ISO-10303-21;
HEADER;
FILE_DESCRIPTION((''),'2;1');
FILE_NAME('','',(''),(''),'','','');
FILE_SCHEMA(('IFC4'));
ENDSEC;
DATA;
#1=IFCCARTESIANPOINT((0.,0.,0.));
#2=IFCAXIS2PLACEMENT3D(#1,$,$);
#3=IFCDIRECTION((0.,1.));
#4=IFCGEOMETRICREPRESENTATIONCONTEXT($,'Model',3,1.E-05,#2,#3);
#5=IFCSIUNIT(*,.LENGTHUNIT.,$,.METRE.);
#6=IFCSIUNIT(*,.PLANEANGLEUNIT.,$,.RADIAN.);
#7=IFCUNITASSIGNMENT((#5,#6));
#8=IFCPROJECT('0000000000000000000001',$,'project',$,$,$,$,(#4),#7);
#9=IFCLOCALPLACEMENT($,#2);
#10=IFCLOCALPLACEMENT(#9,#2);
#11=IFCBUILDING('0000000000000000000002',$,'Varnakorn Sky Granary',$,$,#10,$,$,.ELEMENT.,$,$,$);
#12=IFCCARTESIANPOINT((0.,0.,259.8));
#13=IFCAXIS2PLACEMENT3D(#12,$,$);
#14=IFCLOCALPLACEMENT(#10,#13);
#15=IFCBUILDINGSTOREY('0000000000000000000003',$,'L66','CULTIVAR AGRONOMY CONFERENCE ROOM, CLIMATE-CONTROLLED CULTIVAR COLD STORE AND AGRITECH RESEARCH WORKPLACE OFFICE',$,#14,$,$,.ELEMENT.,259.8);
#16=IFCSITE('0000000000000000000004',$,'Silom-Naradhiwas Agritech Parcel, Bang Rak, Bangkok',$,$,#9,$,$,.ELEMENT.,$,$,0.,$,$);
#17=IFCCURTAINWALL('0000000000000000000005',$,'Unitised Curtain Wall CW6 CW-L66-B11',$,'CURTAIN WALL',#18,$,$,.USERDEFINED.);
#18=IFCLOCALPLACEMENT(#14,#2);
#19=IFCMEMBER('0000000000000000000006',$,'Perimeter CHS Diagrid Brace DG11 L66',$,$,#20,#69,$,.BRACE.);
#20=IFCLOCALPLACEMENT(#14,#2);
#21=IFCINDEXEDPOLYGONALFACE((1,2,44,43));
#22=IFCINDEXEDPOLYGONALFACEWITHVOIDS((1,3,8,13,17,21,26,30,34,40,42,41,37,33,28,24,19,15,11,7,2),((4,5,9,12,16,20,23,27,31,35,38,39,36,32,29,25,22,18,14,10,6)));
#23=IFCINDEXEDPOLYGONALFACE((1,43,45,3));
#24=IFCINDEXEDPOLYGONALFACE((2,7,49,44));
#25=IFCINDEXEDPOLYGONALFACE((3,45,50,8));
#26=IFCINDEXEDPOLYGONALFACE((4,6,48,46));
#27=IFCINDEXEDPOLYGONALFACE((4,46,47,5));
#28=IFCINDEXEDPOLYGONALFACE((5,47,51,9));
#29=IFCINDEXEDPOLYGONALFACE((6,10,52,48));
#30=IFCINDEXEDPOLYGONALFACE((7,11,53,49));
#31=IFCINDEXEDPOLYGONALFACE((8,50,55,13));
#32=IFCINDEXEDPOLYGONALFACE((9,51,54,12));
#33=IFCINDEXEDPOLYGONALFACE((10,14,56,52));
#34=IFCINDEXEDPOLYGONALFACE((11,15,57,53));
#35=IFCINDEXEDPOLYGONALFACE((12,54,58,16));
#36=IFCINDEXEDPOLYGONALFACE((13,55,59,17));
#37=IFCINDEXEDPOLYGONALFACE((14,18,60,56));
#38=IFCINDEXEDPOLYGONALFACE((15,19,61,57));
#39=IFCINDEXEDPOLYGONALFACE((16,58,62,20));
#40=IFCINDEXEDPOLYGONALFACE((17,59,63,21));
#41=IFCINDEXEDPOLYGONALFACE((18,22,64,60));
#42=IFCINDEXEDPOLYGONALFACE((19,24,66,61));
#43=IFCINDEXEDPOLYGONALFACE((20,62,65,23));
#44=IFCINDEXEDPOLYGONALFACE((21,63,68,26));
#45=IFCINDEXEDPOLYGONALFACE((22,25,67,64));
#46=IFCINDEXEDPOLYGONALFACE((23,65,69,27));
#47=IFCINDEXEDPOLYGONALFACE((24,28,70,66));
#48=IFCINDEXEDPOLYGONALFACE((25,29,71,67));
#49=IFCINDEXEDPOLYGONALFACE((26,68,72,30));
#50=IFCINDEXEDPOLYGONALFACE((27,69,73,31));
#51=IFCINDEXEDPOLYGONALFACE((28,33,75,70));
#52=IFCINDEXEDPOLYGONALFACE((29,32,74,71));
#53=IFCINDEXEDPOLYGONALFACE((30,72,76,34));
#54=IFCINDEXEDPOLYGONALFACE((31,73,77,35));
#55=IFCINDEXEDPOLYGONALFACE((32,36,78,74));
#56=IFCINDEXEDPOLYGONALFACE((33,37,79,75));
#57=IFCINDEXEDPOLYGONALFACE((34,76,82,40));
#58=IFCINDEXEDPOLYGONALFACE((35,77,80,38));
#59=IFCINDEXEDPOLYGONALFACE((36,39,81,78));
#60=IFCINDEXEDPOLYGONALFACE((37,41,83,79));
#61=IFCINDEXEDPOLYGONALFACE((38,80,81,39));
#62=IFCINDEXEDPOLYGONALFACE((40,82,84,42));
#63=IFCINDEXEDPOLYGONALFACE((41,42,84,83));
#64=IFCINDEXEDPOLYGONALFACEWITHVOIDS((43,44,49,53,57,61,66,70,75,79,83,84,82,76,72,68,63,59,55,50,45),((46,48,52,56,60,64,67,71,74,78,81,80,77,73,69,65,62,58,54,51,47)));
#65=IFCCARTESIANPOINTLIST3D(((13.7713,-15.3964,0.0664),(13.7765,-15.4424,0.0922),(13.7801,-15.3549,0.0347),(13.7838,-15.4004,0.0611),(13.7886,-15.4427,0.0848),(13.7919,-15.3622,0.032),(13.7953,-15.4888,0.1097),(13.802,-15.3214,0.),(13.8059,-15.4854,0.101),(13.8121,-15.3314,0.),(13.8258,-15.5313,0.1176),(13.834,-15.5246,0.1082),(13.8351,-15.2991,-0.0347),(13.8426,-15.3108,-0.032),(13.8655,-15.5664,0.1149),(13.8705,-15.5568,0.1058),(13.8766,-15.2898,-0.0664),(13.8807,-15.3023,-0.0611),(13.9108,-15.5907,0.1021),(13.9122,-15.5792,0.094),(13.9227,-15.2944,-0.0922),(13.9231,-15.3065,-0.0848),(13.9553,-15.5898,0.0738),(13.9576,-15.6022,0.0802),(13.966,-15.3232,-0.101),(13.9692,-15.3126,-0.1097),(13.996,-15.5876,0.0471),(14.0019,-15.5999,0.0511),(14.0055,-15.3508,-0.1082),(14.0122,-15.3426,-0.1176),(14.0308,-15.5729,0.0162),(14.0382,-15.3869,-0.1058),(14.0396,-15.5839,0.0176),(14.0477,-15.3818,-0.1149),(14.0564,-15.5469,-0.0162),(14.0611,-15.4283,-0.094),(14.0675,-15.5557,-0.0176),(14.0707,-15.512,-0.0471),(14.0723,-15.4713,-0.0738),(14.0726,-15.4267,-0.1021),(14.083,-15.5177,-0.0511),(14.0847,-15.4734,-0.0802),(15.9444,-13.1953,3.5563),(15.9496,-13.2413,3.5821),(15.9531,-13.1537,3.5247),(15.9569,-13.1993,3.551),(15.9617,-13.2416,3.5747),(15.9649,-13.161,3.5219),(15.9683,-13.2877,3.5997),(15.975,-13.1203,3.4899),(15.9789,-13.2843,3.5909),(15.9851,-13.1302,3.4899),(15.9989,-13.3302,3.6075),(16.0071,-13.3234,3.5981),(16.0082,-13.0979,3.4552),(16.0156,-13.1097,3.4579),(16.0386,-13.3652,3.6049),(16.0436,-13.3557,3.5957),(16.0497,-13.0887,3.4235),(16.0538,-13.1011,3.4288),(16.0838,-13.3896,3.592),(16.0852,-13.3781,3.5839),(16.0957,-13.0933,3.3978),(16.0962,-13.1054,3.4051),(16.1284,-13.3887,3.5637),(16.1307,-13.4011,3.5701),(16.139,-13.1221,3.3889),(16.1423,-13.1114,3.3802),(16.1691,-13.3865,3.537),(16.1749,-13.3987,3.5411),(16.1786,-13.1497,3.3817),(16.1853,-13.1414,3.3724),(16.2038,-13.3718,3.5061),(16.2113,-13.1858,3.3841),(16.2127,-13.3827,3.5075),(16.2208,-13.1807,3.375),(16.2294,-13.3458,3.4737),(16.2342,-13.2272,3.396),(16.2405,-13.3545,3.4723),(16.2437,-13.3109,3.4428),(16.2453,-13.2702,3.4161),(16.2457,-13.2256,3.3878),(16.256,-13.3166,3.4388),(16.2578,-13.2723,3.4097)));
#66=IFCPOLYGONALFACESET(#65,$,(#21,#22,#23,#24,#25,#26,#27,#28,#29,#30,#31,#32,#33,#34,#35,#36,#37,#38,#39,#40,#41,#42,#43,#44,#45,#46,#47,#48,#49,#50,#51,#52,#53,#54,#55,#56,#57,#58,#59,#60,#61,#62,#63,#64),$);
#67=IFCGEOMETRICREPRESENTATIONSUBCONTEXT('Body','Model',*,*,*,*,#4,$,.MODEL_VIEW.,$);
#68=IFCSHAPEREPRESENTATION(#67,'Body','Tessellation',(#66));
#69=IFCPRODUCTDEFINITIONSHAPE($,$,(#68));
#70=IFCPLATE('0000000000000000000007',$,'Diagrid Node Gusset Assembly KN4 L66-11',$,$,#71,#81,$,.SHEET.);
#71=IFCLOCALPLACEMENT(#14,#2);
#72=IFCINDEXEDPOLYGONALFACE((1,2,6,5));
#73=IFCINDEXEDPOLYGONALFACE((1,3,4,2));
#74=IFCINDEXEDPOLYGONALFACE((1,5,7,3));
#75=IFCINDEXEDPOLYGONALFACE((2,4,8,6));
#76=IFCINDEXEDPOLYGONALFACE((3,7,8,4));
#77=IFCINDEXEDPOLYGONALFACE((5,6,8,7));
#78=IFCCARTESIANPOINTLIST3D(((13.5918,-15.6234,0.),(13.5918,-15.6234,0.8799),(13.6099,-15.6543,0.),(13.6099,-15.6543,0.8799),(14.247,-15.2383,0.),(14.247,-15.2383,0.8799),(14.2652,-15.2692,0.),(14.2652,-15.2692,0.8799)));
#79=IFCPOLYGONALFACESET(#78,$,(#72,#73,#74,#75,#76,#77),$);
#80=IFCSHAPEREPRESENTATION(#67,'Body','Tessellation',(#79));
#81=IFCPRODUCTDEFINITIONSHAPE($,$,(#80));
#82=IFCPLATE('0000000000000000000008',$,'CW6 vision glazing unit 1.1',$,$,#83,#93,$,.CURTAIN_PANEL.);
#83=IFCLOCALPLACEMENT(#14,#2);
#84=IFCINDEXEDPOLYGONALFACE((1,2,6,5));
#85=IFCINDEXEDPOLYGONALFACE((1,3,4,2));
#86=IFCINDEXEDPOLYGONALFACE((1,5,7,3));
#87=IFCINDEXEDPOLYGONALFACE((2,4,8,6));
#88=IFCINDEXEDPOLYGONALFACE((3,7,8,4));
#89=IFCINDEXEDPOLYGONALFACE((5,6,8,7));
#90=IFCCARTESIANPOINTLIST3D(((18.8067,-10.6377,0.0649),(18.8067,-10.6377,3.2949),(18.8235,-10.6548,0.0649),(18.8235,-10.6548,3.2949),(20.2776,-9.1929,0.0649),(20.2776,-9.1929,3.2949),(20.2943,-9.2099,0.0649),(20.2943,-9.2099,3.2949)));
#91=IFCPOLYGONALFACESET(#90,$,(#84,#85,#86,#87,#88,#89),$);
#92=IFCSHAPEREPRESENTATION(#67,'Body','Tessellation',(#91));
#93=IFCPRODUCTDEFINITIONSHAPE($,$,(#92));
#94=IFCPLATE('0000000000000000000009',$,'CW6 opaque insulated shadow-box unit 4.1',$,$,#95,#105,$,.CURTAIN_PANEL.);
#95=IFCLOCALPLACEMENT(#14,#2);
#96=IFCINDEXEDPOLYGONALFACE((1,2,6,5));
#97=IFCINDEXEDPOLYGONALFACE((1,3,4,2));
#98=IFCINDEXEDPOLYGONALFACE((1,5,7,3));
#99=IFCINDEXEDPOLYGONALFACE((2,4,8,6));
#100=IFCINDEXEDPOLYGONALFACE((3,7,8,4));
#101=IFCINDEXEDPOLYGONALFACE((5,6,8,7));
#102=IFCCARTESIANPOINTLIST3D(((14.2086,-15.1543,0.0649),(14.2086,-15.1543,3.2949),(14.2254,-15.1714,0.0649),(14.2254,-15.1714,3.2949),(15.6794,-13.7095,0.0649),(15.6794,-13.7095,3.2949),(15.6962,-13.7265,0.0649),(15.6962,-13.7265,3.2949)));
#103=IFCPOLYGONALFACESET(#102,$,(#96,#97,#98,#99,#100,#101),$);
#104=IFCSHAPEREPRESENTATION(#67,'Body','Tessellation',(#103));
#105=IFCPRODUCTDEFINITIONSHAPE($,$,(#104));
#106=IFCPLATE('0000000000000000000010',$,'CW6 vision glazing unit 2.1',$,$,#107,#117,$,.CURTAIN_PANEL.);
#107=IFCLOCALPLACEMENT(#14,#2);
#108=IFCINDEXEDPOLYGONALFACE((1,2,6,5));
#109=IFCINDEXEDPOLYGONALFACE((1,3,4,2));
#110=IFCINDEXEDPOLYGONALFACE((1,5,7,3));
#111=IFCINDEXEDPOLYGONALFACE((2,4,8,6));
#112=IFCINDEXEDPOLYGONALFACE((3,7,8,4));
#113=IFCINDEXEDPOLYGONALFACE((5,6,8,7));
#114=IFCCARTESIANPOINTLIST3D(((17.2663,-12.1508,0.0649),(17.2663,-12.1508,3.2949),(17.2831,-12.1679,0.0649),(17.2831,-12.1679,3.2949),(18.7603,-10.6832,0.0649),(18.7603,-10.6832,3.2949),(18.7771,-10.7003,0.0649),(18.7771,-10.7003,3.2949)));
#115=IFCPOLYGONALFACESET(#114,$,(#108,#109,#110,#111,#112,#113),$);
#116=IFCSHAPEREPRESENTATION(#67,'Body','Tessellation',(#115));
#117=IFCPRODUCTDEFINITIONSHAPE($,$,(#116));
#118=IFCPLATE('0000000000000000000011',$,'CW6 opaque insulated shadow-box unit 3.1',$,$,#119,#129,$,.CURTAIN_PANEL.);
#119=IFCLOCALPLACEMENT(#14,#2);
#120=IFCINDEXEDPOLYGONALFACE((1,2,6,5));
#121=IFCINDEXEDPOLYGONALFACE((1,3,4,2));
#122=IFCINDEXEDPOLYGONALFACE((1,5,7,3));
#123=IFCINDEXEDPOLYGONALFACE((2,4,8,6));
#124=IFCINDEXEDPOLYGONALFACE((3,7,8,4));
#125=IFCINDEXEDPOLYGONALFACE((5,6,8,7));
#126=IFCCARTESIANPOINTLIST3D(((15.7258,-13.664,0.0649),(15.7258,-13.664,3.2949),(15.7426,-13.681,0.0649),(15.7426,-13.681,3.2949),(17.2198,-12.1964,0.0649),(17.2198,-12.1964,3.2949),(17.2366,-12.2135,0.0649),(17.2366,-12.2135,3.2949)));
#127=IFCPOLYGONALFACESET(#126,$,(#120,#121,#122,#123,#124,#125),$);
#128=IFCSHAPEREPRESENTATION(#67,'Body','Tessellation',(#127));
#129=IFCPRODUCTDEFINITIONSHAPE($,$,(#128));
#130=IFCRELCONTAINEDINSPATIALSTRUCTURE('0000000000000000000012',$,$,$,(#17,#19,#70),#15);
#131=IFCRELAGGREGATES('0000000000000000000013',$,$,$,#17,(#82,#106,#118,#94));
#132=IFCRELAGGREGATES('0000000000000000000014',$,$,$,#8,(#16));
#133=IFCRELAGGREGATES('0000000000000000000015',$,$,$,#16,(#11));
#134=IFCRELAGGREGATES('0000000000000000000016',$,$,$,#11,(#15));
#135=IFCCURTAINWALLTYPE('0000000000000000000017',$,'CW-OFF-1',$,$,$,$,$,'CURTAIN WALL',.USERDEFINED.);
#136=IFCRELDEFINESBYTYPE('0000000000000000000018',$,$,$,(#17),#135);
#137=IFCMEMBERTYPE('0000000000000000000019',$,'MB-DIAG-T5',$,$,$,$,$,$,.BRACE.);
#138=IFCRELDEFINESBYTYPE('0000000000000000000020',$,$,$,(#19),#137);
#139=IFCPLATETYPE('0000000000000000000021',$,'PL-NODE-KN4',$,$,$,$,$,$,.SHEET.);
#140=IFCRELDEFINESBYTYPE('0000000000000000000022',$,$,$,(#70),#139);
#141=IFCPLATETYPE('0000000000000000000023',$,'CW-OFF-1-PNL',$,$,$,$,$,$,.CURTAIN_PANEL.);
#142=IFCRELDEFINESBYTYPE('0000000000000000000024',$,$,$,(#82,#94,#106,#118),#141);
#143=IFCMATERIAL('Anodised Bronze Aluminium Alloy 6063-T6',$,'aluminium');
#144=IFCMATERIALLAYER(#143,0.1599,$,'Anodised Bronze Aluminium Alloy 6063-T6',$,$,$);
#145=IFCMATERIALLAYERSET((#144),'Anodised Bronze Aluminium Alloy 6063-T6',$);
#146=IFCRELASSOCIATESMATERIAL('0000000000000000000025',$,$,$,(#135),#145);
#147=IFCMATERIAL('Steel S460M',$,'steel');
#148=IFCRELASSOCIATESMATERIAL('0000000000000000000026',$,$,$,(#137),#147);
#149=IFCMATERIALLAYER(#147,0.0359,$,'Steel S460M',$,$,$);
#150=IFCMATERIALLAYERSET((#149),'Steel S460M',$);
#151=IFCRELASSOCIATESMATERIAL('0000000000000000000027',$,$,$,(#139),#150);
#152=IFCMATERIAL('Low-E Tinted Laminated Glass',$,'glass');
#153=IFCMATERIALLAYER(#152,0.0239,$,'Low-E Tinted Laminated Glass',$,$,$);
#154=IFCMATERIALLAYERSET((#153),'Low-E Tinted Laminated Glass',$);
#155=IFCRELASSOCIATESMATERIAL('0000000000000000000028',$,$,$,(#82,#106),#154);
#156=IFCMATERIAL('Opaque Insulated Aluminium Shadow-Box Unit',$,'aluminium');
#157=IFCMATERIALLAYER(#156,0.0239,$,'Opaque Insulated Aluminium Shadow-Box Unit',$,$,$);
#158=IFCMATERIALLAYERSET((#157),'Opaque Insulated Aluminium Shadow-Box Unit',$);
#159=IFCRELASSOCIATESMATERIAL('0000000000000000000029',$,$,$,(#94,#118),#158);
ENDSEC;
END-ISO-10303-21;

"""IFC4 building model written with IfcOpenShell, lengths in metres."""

from ifc_helpers import new_model, si_unit, direction, frame, origin, origin_2d, place, context, subcontext, project, spatial, rectangle, hollow_circle, extrude, source, transform, mapped, material, layer, layer_set, material_profile, profile_set, type_object, type_shapes, element, aggregate, save


model = new_model("IFC4")

# Units and contexts
model_context = context("Model", 3, precision=1e-05, world=origin(), true_north=direction((0.0, 1.0)))
body_context = subcontext(model_context, "Body", "Model", "MODEL_VIEW")
ifc_project = project(units=[si_unit("LENGTHUNIT", "METRE"), si_unit("PLANEANGLEUNIT", "RADIAN")], contexts=[model_context])

# Site, building, storey
site_placement = place(None, origin())
site = spatial("IfcSite", under=ifc_project, at=site_placement, Name="Silom-Naradhiwas Agritech Parcel, Bang Rak, Bangkok", CompositionType="ELEMENT", RefElevation=0.0)
building_placement = place(site_placement, origin())
building = spatial("IfcBuilding", under=site, at=building_placement, Name="Varnakorn Sky Granary", CompositionType="ELEMENT")
storey_placement = place(building_placement, frame((0.0, 0.0, 259.8)))
storey = spatial("IfcBuildingStorey", under=building, at=storey_placement, Name="L66", Description="CULTIVAR AGRONOMY CONFERENCE ROOM, CLIMATE-CONTROLLED CULTIVAR COLD STORE AND AGRITECH RESEARCH WORKPLACE OFFICE", CompositionType="ELEMENT", Elevation=259.8)

# Shared definitions
ifc_material_1 = material(Name="Steel S460M", Category="steel")

# Shared definitions
ifc_material_2 = material(Name="Anodised Bronze Aluminium Alloy 6063-T6", Category="aluminium")
ifc_layer_1 = layer(ifc_material_2, 0.1599, Name="Anodised Bronze Aluminium Alloy 6063-T6")
ifc_layer_set_1 = layer_set([ifc_layer_1], Name="Anodised Bronze Aluminium Alloy 6063-T6")
curtain_wall_type = type_object("IfcCurtainWallType", Name="CW-OFF-1", ElementType="CURTAIN WALL", PredefinedType="USERDEFINED", material=ifc_layer_set_1)

# Curtain wall
curtain_wall_1_placement = place(storey_placement, origin())
curtain_wall_1 = element("IfcCurtainWall", 1, at=curtain_wall_1_placement, inside=storey, type_object=curtain_wall_type, Name="Unitised Curtain Wall CW6 CW-L66-B11", ObjectType="CURTAIN WALL", PredefinedType="USERDEFINED")

# Member
ifc_material_profile_1 = material_profile(ifc_material_1, hollow_circle(Radius=0.1777, WallThickness=0.0142, at=origin_2d()), Name="CHS 355.6x14")
ifc_profile_set_1 = profile_set([ifc_material_profile_1], Name="Steel S460M")
member_type_1 = type_object("IfcMemberType", Name="MB-DIAG-T5", PredefinedType="BRACE", material=ifc_profile_set_1)
member_1_placement = place(storey_placement, frame((13.9285, -15.4463, 0.0), z_axis=(0.465987, 0.472008, 0.748375), x_axis=(-0.711631, 0.702554, 0.0)))
element("IfcMember", 2, at=member_1_placement, inside=storey, type_object=member_type_1, Name="Perimeter CHS Diagrid Brace DG11 L66", PredefinedType="BRACE", context=body_context, shape_type="SweptSolid", body=[
    extrude(hollow_circle(Radius=0.1777, WallThickness=0.0142, at=origin_2d()), origin(), (0.0, 0.0, 1.0), 4.6633),
])

# Plates
ifc_layer_2 = layer(ifc_material_1, 0.0359, Name="Steel S460M")
ifc_layer_set_2 = layer_set([ifc_layer_2], Name="Steel S460M")
plate_type_1 = type_object("IfcPlateType", Name="PL-NODE-KN4", PredefinedType="SHEET", material=ifc_layer_set_2)
plate_1_placement = place(storey_placement, frame((13.9285, -15.4463, 0.0), z_axis=(0.0, 0.0, 1.0), x_axis=(0.86212, 0.506704, 0.0)))
element("IfcPlate", 3, at=plate_1_placement, inside=storey, type_object=plate_type_1, Name="Diagrid Node Gusset Assembly KN4 L66-11", PredefinedType="SHEET", context=body_context, shape_type="SweptSolid", body=[
    extrude(rectangle(XDim=0.76, YDim=0.0359, at=origin_2d()), origin(), (0.0, 0.0, 1.0), 0.8799),
])
ifc_material_3 = material(Name="Low-E Tinted Laminated Glass", Category="glass")
ifc_layer_3 = layer(ifc_material_3, 0.0239, Name="Low-E Tinted Laminated Glass")
ifc_layer_set_3 = layer_set([ifc_layer_3], Name="Low-E Tinted Laminated Glass")
plate_type_2 = type_object("IfcPlateType", Name="CW-OFF-1-PNL", PredefinedType="CURTAIN_PANEL")
shared_shape_1 = source(origin(), body_context, "Body", "SweptSolid", [
    extrude(rectangle(XDim=2.0618, YDim=0.0239, at=origin_2d()), origin(), (0.0, 0.0, 1.0), 3.23),
])
plate_2_placement = place(storey_placement, frame((19.5505, -9.9238, 0.0649), z_axis=(0.0, 0.0, 1.0), x_axis=(-0.713383, -0.700774, 0.0)))
plate_2 = element("IfcPlate", 4, at=plate_2_placement, type_object=plate_type_2, material=ifc_layer_set_3, Name="CW6 vision glazing unit 1.1", PredefinedType="CURTAIN_PANEL", context=body_context, shape_type="MappedRepresentation", body=[
    mapped(shared_shape_1, transform((0.0, 0.0, 0.0), x_axis=(1.0, 0.0, 0.0), y_axis=(0.0, 1.0, 0.0), z_axis=(0.0, 0.0, 1.0), scale=1.0)),
])
ifc_material_4 = material(Name="Opaque Insulated Aluminium Shadow-Box Unit", Category="aluminium")
ifc_layer_4 = layer(ifc_material_4, 0.0239, Name="Opaque Insulated Aluminium Shadow-Box Unit")
ifc_layer_set_4 = layer_set([ifc_layer_4], Name="Opaque Insulated Aluminium Shadow-Box Unit")
plate_3_placement = place(storey_placement, frame((14.9524, -14.4404, 0.0649), z_axis=(0.0, 0.0, 1.0), x_axis=(-0.713383, -0.700774, 0.0)))
plate_3 = element("IfcPlate", 5, at=plate_3_placement, type_object=plate_type_2, material=ifc_layer_set_4, Name="CW6 opaque insulated shadow-box unit 4.1", PredefinedType="CURTAIN_PANEL", context=body_context, shape_type="MappedRepresentation", body=[
    mapped(shared_shape_1, transform((0.0, 0.0, 0.0), x_axis=(1.0, 0.0, 0.0), y_axis=(0.0, 1.0, 0.0), z_axis=(0.0, 0.0, 1.0), scale=1.0)),
])
shared_shape_2 = source(origin(), body_context, "Body", "SweptSolid", [
    extrude(rectangle(XDim=2.0942, YDim=0.0239, at=origin_2d()), origin(), (0.0, 0.0, 1.0), 3.23),
])
type_shapes(plate_type_2, [shared_shape_1, shared_shape_2])
plate_4_placement = place(storey_placement, frame((18.0217, -11.4255, 0.0649), z_axis=(0.0, 0.0, 1.0), x_axis=(-0.713383, -0.700774, 0.0)))
plate_4 = element("IfcPlate", 6, at=plate_4_placement, type_object=plate_type_2, material=ifc_layer_set_3, Name="CW6 vision glazing unit 2.1", PredefinedType="CURTAIN_PANEL", context=body_context, shape_type="MappedRepresentation", body=[
    mapped(shared_shape_2, transform((0.0, 0.0, 0.0), x_axis=(1.0, 0.0, 0.0), y_axis=(0.0, 1.0, 0.0), z_axis=(0.0, 0.0, 1.0), scale=1.0)),
])
plate_5_placement = place(storey_placement, frame((16.4812, -12.9387, 0.0649), z_axis=(0.0, 0.0, 1.0), x_axis=(-0.713383, -0.700774, 0.0)))
plate_5 = element("IfcPlate", 7, at=plate_5_placement, type_object=plate_type_2, material=ifc_layer_set_4, Name="CW6 opaque insulated shadow-box unit 3.1", PredefinedType="CURTAIN_PANEL", context=body_context, shape_type="MappedRepresentation", body=[
    mapped(shared_shape_2, transform((0.0, 0.0, 0.0), x_axis=(1.0, 0.0, 0.0), y_axis=(0.0, 1.0, 0.0), z_axis=(0.0, 0.0, 1.0), scale=1.0)),
])
aggregate(curtain_wall_1, [plate_2, plate_4, plate_5, plate_3])

save(model, "model.ifc")
